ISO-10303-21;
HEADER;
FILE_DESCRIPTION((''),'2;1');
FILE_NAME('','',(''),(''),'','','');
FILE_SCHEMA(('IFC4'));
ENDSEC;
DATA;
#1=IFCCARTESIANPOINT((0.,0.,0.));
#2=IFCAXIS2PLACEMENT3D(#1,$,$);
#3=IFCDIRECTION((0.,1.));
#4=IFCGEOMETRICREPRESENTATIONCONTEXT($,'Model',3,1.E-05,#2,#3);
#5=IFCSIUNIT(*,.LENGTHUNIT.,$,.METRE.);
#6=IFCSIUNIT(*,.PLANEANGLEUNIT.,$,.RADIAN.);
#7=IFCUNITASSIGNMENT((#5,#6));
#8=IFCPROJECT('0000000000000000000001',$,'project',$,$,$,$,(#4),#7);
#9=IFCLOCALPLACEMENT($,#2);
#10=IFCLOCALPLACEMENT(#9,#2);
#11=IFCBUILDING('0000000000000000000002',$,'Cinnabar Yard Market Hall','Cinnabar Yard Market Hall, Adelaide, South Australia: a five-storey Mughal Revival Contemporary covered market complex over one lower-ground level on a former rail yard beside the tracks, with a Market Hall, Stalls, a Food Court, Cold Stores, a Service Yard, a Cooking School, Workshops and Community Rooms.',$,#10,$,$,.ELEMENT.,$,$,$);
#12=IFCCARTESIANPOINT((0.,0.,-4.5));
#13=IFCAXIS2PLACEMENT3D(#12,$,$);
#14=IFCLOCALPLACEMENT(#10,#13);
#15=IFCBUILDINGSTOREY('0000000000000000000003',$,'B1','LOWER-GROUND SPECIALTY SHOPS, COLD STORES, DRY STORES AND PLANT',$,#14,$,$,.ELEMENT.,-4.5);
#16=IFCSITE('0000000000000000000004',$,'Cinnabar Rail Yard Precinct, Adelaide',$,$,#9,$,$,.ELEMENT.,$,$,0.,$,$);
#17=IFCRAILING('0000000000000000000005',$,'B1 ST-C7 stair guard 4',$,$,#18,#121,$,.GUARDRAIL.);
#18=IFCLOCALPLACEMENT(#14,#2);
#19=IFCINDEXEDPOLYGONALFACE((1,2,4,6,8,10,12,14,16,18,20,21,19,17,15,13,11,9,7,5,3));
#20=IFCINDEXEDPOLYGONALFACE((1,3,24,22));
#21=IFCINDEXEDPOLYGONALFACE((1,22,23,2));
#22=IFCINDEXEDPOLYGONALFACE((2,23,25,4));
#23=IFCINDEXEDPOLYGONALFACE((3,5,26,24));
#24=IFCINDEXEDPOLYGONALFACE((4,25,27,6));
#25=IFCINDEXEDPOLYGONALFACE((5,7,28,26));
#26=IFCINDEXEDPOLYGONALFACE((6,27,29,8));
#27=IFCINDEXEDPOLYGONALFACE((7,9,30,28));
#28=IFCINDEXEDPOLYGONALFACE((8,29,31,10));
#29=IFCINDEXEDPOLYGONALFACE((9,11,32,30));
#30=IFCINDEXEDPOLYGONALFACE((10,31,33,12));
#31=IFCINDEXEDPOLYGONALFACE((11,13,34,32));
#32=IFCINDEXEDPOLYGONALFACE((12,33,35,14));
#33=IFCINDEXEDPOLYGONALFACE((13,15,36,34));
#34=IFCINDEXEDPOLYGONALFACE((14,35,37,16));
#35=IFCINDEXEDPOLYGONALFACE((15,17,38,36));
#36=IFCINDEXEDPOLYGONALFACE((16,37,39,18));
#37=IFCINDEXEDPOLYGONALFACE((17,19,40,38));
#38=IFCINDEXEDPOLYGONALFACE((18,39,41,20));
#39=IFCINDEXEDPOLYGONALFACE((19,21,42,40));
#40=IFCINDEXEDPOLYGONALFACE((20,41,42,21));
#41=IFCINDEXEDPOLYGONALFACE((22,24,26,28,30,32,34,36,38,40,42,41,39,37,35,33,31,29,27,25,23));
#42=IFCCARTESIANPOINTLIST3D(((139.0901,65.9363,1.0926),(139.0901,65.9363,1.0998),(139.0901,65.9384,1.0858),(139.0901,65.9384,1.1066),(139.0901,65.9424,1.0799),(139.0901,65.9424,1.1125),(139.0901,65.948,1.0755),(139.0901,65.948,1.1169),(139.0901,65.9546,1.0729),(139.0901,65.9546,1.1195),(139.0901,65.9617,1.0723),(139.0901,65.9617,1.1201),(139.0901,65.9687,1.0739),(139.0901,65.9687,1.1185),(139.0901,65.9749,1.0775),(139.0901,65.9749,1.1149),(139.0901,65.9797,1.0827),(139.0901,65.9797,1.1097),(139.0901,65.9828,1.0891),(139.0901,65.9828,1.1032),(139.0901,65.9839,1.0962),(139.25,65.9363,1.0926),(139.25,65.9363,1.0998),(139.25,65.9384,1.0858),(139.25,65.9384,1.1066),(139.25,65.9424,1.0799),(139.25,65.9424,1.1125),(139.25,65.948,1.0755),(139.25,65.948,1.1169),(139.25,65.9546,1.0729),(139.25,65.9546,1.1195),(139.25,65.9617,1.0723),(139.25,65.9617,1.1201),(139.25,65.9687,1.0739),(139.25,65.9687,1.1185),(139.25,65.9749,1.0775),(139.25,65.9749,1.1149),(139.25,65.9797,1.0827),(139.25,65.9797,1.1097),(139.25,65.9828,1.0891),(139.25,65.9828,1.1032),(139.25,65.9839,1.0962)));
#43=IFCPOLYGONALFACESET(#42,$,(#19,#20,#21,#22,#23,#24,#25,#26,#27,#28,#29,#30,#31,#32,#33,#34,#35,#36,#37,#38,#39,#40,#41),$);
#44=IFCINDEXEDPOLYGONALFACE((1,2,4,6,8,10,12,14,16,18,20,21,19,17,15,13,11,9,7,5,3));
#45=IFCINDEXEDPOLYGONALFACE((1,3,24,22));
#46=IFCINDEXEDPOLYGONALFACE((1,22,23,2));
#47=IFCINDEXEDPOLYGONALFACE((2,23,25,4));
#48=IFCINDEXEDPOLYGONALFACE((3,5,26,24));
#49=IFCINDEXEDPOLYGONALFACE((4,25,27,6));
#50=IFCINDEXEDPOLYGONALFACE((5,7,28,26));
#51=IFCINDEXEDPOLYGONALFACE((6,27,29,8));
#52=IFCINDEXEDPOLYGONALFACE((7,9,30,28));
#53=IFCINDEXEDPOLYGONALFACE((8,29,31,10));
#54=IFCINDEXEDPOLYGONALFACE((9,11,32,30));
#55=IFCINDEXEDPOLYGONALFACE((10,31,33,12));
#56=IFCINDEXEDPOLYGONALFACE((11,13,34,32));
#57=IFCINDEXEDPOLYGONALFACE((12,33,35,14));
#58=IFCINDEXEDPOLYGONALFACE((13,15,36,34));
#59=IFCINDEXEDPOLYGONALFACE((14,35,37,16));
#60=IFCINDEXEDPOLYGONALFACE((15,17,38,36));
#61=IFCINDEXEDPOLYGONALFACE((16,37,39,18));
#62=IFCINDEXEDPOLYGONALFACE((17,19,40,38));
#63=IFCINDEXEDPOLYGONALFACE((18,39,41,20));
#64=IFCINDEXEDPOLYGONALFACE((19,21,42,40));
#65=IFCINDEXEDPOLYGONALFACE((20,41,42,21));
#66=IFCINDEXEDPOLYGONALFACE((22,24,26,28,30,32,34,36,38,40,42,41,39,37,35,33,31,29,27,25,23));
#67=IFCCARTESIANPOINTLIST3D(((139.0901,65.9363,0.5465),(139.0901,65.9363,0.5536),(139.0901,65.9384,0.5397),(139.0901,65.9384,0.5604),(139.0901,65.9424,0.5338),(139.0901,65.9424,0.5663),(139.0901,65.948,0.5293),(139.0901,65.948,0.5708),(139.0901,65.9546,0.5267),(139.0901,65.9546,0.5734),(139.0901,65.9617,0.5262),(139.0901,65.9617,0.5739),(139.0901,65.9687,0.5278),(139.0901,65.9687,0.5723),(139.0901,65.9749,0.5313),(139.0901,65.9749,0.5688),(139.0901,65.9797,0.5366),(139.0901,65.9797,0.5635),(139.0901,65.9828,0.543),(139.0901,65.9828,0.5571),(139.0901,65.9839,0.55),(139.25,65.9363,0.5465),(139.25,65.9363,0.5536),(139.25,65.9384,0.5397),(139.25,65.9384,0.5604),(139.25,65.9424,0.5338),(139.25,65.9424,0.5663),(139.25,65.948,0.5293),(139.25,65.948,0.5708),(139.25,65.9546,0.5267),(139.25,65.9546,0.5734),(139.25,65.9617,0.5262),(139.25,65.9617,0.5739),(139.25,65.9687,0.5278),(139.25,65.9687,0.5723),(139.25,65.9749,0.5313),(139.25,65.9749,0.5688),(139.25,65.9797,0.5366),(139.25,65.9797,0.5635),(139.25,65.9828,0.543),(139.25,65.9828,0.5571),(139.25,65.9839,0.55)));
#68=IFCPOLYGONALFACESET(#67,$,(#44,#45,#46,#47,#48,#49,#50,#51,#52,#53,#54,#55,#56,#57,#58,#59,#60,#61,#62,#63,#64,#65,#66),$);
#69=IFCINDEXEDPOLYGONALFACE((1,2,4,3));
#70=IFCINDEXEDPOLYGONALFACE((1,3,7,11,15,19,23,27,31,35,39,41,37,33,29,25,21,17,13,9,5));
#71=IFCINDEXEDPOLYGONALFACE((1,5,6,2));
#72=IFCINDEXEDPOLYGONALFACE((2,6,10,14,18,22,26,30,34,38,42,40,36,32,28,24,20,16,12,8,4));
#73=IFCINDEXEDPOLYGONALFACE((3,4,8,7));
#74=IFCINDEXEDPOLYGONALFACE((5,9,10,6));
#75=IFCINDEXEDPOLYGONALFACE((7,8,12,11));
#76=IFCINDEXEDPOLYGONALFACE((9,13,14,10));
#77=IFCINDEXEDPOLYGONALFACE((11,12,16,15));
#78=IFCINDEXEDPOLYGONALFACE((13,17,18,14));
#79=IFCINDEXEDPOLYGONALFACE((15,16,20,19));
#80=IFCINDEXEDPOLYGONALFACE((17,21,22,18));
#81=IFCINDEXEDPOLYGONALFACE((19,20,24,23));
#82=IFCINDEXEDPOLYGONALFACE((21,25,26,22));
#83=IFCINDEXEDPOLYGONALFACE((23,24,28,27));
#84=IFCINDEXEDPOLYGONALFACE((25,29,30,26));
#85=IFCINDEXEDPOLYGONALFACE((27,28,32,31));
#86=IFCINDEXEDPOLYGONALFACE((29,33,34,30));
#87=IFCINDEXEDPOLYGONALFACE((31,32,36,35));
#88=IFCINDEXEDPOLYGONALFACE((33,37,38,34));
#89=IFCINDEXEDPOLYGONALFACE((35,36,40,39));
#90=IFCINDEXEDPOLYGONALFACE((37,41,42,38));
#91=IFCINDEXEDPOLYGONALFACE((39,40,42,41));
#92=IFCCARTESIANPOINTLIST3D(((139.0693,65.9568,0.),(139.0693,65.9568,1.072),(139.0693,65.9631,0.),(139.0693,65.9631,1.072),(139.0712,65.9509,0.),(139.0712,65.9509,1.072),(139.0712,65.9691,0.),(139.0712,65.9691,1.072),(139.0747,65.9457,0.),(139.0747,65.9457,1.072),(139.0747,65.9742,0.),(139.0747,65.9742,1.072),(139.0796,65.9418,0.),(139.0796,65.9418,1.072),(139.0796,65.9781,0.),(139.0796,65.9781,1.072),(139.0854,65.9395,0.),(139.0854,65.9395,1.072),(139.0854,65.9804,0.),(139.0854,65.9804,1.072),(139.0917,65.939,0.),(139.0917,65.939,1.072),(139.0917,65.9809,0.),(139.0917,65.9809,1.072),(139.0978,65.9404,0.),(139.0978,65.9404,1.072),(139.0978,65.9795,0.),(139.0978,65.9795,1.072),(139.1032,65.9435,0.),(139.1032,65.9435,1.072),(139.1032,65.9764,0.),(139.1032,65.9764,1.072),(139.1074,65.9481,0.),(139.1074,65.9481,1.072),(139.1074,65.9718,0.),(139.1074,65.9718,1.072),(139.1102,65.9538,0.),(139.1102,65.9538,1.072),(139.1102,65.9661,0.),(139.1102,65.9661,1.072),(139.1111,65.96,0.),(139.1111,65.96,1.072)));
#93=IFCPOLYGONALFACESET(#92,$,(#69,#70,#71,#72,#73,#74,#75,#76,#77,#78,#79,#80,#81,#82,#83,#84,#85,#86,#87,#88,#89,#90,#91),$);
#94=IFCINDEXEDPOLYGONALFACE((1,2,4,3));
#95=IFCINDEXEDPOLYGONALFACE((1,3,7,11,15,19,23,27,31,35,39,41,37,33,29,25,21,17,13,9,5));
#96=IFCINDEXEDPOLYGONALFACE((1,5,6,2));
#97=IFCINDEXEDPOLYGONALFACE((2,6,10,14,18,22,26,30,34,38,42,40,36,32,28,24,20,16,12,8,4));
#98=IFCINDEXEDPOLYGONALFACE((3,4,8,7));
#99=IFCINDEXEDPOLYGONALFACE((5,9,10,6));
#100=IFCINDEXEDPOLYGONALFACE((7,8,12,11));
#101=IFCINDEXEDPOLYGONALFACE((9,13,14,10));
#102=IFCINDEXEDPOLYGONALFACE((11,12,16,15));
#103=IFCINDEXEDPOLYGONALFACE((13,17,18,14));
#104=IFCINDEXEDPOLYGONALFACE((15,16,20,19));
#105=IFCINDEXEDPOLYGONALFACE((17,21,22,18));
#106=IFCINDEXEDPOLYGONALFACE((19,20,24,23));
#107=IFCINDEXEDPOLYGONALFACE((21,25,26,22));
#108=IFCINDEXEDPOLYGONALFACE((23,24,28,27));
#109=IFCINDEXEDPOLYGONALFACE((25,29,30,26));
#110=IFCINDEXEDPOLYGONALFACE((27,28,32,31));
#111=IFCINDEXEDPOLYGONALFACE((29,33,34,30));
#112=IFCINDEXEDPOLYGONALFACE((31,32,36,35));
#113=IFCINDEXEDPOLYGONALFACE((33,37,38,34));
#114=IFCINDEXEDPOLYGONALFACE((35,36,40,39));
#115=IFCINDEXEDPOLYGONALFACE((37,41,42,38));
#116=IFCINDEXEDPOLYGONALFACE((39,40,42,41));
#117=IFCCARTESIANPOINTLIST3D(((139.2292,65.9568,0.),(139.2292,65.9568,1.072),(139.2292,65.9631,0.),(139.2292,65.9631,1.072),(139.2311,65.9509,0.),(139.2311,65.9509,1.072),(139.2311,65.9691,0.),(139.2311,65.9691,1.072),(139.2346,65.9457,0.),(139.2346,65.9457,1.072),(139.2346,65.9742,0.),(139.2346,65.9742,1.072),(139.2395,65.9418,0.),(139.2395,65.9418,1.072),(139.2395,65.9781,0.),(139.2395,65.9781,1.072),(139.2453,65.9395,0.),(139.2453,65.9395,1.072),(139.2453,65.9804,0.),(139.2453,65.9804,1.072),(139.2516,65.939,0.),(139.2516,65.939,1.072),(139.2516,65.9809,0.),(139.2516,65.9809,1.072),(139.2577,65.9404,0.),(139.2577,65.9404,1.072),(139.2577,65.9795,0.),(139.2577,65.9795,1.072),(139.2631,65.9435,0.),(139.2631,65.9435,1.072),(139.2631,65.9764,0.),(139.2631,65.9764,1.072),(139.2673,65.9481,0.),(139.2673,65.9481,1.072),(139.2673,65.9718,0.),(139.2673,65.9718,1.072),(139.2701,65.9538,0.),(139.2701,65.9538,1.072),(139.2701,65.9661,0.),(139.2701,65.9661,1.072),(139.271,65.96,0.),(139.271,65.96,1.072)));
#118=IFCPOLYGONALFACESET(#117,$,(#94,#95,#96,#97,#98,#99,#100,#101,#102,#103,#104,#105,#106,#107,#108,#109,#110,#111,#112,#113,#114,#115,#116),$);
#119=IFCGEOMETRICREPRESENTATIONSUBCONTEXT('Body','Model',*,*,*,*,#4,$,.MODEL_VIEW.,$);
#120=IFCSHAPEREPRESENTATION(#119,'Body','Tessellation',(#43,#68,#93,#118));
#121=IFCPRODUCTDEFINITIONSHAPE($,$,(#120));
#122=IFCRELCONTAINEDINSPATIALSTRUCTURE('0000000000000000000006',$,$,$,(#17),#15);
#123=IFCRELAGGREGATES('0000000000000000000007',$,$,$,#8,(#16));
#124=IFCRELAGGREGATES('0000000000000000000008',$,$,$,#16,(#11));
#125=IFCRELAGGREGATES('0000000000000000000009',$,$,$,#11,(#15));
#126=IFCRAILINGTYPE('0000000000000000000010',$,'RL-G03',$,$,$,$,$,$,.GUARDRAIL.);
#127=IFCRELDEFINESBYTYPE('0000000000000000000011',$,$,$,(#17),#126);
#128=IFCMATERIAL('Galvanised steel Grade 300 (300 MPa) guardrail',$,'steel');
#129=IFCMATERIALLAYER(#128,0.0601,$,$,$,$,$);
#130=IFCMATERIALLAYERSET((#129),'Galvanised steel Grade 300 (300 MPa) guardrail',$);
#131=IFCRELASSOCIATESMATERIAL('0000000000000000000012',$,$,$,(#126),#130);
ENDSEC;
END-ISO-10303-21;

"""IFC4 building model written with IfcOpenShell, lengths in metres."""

from ifc_helpers import new_model, si_unit, direction, frame, origin, origin_2d_with_axis, place, context, subcontext, project, spatial, circle, extrude, material, layer, layer_set, type_object, element, save


model = new_model("IFC4")

# Units and contexts
model_context = context("Model", 3, precision=1e-05, world=origin(), true_north=direction((0.0, 1.0)))
body_context = subcontext(model_context, "Body", "Model", "MODEL_VIEW")
ifc_project = project(units=[si_unit("LENGTHUNIT", "METRE"), si_unit("PLANEANGLEUNIT", "RADIAN")], contexts=[model_context])

# Site, building, storey
site_placement = place(None, origin())
site = spatial("IfcSite", under=ifc_project, at=site_placement, Name="Cinnabar Rail Yard Precinct, Adelaide", CompositionType="ELEMENT", RefElevation=0.0)
building_placement = place(site_placement, origin())
building = spatial("IfcBuilding", under=site, at=building_placement, Name="Cinnabar Yard Market Hall", Description="Cinnabar Yard Market Hall, Adelaide, South Australia: a five-storey Mughal Revival Contemporary covered market complex over one lower-ground level on a former rail yard beside the tracks, with a Market Hall, Stalls, a Food Court, Cold Stores, a Service Yard, a Cooking School, Workshops and Community Rooms.", CompositionType="ELEMENT")
storey_placement = place(building_placement, frame((0.0, 0.0, -4.5)))
storey = spatial("IfcBuildingStorey", under=building, at=storey_placement, Name="B1", Description="LOWER-GROUND SPECIALTY SHOPS, COLD STORES, DRY STORES AND PLANT", CompositionType="ELEMENT", Elevation=-4.5)

# Railing
ifc_material_1 = material(Name="Galvanised steel Grade 300 (300 MPa) guardrail", Category="steel")
ifc_layer_1 = layer(ifc_material_1, 0.0601)
ifc_layer_set_1 = layer_set([ifc_layer_1], Name="Galvanised steel Grade 300 (300 MPa) guardrail")
railing_type_1 = type_object("IfcRailingType", Name="RL-G03", PredefinedType="GUARDRAIL", material=ifc_layer_set_1)
railing_1_placement = place(storey_placement, frame((139.0901, 65.96, 0.0)))
element("IfcRailing", 1, at=railing_1_placement, inside=storey, type_object=railing_type_1, Name="B1 ST-C7 stair guard 4", PredefinedType="GUARDRAIL", context=body_context, shape_type="SweptSolid", body=[
    extrude(circle(Radius=0.0239, at=origin_2d_with_axis()), frame((0.0, 0.0, 1.0962), z_axis=(1.0, 0.0, 0.0), x_axis=(0.0, 1.0, 0.0)), (0.0, 0.0, 1.0), 0.1599),
    extrude(circle(Radius=0.0239, at=origin_2d_with_axis()), frame((0.0, 0.0, 0.55), z_axis=(1.0, 0.0, 0.0), x_axis=(0.0, 1.0, 0.0)), (0.0, 0.0, 1.0), 0.1599),
    extrude(circle(Radius=0.021, at=origin_2d_with_axis()), origin(), (0.0, 0.0, 1.0), 1.072),
    extrude(circle(Radius=0.021, at=origin_2d_with_axis()), frame((0.1599, 0.0, 0.0)), (0.0, 0.0, 1.0), 1.072),
])

save(model, "model.ifc")
